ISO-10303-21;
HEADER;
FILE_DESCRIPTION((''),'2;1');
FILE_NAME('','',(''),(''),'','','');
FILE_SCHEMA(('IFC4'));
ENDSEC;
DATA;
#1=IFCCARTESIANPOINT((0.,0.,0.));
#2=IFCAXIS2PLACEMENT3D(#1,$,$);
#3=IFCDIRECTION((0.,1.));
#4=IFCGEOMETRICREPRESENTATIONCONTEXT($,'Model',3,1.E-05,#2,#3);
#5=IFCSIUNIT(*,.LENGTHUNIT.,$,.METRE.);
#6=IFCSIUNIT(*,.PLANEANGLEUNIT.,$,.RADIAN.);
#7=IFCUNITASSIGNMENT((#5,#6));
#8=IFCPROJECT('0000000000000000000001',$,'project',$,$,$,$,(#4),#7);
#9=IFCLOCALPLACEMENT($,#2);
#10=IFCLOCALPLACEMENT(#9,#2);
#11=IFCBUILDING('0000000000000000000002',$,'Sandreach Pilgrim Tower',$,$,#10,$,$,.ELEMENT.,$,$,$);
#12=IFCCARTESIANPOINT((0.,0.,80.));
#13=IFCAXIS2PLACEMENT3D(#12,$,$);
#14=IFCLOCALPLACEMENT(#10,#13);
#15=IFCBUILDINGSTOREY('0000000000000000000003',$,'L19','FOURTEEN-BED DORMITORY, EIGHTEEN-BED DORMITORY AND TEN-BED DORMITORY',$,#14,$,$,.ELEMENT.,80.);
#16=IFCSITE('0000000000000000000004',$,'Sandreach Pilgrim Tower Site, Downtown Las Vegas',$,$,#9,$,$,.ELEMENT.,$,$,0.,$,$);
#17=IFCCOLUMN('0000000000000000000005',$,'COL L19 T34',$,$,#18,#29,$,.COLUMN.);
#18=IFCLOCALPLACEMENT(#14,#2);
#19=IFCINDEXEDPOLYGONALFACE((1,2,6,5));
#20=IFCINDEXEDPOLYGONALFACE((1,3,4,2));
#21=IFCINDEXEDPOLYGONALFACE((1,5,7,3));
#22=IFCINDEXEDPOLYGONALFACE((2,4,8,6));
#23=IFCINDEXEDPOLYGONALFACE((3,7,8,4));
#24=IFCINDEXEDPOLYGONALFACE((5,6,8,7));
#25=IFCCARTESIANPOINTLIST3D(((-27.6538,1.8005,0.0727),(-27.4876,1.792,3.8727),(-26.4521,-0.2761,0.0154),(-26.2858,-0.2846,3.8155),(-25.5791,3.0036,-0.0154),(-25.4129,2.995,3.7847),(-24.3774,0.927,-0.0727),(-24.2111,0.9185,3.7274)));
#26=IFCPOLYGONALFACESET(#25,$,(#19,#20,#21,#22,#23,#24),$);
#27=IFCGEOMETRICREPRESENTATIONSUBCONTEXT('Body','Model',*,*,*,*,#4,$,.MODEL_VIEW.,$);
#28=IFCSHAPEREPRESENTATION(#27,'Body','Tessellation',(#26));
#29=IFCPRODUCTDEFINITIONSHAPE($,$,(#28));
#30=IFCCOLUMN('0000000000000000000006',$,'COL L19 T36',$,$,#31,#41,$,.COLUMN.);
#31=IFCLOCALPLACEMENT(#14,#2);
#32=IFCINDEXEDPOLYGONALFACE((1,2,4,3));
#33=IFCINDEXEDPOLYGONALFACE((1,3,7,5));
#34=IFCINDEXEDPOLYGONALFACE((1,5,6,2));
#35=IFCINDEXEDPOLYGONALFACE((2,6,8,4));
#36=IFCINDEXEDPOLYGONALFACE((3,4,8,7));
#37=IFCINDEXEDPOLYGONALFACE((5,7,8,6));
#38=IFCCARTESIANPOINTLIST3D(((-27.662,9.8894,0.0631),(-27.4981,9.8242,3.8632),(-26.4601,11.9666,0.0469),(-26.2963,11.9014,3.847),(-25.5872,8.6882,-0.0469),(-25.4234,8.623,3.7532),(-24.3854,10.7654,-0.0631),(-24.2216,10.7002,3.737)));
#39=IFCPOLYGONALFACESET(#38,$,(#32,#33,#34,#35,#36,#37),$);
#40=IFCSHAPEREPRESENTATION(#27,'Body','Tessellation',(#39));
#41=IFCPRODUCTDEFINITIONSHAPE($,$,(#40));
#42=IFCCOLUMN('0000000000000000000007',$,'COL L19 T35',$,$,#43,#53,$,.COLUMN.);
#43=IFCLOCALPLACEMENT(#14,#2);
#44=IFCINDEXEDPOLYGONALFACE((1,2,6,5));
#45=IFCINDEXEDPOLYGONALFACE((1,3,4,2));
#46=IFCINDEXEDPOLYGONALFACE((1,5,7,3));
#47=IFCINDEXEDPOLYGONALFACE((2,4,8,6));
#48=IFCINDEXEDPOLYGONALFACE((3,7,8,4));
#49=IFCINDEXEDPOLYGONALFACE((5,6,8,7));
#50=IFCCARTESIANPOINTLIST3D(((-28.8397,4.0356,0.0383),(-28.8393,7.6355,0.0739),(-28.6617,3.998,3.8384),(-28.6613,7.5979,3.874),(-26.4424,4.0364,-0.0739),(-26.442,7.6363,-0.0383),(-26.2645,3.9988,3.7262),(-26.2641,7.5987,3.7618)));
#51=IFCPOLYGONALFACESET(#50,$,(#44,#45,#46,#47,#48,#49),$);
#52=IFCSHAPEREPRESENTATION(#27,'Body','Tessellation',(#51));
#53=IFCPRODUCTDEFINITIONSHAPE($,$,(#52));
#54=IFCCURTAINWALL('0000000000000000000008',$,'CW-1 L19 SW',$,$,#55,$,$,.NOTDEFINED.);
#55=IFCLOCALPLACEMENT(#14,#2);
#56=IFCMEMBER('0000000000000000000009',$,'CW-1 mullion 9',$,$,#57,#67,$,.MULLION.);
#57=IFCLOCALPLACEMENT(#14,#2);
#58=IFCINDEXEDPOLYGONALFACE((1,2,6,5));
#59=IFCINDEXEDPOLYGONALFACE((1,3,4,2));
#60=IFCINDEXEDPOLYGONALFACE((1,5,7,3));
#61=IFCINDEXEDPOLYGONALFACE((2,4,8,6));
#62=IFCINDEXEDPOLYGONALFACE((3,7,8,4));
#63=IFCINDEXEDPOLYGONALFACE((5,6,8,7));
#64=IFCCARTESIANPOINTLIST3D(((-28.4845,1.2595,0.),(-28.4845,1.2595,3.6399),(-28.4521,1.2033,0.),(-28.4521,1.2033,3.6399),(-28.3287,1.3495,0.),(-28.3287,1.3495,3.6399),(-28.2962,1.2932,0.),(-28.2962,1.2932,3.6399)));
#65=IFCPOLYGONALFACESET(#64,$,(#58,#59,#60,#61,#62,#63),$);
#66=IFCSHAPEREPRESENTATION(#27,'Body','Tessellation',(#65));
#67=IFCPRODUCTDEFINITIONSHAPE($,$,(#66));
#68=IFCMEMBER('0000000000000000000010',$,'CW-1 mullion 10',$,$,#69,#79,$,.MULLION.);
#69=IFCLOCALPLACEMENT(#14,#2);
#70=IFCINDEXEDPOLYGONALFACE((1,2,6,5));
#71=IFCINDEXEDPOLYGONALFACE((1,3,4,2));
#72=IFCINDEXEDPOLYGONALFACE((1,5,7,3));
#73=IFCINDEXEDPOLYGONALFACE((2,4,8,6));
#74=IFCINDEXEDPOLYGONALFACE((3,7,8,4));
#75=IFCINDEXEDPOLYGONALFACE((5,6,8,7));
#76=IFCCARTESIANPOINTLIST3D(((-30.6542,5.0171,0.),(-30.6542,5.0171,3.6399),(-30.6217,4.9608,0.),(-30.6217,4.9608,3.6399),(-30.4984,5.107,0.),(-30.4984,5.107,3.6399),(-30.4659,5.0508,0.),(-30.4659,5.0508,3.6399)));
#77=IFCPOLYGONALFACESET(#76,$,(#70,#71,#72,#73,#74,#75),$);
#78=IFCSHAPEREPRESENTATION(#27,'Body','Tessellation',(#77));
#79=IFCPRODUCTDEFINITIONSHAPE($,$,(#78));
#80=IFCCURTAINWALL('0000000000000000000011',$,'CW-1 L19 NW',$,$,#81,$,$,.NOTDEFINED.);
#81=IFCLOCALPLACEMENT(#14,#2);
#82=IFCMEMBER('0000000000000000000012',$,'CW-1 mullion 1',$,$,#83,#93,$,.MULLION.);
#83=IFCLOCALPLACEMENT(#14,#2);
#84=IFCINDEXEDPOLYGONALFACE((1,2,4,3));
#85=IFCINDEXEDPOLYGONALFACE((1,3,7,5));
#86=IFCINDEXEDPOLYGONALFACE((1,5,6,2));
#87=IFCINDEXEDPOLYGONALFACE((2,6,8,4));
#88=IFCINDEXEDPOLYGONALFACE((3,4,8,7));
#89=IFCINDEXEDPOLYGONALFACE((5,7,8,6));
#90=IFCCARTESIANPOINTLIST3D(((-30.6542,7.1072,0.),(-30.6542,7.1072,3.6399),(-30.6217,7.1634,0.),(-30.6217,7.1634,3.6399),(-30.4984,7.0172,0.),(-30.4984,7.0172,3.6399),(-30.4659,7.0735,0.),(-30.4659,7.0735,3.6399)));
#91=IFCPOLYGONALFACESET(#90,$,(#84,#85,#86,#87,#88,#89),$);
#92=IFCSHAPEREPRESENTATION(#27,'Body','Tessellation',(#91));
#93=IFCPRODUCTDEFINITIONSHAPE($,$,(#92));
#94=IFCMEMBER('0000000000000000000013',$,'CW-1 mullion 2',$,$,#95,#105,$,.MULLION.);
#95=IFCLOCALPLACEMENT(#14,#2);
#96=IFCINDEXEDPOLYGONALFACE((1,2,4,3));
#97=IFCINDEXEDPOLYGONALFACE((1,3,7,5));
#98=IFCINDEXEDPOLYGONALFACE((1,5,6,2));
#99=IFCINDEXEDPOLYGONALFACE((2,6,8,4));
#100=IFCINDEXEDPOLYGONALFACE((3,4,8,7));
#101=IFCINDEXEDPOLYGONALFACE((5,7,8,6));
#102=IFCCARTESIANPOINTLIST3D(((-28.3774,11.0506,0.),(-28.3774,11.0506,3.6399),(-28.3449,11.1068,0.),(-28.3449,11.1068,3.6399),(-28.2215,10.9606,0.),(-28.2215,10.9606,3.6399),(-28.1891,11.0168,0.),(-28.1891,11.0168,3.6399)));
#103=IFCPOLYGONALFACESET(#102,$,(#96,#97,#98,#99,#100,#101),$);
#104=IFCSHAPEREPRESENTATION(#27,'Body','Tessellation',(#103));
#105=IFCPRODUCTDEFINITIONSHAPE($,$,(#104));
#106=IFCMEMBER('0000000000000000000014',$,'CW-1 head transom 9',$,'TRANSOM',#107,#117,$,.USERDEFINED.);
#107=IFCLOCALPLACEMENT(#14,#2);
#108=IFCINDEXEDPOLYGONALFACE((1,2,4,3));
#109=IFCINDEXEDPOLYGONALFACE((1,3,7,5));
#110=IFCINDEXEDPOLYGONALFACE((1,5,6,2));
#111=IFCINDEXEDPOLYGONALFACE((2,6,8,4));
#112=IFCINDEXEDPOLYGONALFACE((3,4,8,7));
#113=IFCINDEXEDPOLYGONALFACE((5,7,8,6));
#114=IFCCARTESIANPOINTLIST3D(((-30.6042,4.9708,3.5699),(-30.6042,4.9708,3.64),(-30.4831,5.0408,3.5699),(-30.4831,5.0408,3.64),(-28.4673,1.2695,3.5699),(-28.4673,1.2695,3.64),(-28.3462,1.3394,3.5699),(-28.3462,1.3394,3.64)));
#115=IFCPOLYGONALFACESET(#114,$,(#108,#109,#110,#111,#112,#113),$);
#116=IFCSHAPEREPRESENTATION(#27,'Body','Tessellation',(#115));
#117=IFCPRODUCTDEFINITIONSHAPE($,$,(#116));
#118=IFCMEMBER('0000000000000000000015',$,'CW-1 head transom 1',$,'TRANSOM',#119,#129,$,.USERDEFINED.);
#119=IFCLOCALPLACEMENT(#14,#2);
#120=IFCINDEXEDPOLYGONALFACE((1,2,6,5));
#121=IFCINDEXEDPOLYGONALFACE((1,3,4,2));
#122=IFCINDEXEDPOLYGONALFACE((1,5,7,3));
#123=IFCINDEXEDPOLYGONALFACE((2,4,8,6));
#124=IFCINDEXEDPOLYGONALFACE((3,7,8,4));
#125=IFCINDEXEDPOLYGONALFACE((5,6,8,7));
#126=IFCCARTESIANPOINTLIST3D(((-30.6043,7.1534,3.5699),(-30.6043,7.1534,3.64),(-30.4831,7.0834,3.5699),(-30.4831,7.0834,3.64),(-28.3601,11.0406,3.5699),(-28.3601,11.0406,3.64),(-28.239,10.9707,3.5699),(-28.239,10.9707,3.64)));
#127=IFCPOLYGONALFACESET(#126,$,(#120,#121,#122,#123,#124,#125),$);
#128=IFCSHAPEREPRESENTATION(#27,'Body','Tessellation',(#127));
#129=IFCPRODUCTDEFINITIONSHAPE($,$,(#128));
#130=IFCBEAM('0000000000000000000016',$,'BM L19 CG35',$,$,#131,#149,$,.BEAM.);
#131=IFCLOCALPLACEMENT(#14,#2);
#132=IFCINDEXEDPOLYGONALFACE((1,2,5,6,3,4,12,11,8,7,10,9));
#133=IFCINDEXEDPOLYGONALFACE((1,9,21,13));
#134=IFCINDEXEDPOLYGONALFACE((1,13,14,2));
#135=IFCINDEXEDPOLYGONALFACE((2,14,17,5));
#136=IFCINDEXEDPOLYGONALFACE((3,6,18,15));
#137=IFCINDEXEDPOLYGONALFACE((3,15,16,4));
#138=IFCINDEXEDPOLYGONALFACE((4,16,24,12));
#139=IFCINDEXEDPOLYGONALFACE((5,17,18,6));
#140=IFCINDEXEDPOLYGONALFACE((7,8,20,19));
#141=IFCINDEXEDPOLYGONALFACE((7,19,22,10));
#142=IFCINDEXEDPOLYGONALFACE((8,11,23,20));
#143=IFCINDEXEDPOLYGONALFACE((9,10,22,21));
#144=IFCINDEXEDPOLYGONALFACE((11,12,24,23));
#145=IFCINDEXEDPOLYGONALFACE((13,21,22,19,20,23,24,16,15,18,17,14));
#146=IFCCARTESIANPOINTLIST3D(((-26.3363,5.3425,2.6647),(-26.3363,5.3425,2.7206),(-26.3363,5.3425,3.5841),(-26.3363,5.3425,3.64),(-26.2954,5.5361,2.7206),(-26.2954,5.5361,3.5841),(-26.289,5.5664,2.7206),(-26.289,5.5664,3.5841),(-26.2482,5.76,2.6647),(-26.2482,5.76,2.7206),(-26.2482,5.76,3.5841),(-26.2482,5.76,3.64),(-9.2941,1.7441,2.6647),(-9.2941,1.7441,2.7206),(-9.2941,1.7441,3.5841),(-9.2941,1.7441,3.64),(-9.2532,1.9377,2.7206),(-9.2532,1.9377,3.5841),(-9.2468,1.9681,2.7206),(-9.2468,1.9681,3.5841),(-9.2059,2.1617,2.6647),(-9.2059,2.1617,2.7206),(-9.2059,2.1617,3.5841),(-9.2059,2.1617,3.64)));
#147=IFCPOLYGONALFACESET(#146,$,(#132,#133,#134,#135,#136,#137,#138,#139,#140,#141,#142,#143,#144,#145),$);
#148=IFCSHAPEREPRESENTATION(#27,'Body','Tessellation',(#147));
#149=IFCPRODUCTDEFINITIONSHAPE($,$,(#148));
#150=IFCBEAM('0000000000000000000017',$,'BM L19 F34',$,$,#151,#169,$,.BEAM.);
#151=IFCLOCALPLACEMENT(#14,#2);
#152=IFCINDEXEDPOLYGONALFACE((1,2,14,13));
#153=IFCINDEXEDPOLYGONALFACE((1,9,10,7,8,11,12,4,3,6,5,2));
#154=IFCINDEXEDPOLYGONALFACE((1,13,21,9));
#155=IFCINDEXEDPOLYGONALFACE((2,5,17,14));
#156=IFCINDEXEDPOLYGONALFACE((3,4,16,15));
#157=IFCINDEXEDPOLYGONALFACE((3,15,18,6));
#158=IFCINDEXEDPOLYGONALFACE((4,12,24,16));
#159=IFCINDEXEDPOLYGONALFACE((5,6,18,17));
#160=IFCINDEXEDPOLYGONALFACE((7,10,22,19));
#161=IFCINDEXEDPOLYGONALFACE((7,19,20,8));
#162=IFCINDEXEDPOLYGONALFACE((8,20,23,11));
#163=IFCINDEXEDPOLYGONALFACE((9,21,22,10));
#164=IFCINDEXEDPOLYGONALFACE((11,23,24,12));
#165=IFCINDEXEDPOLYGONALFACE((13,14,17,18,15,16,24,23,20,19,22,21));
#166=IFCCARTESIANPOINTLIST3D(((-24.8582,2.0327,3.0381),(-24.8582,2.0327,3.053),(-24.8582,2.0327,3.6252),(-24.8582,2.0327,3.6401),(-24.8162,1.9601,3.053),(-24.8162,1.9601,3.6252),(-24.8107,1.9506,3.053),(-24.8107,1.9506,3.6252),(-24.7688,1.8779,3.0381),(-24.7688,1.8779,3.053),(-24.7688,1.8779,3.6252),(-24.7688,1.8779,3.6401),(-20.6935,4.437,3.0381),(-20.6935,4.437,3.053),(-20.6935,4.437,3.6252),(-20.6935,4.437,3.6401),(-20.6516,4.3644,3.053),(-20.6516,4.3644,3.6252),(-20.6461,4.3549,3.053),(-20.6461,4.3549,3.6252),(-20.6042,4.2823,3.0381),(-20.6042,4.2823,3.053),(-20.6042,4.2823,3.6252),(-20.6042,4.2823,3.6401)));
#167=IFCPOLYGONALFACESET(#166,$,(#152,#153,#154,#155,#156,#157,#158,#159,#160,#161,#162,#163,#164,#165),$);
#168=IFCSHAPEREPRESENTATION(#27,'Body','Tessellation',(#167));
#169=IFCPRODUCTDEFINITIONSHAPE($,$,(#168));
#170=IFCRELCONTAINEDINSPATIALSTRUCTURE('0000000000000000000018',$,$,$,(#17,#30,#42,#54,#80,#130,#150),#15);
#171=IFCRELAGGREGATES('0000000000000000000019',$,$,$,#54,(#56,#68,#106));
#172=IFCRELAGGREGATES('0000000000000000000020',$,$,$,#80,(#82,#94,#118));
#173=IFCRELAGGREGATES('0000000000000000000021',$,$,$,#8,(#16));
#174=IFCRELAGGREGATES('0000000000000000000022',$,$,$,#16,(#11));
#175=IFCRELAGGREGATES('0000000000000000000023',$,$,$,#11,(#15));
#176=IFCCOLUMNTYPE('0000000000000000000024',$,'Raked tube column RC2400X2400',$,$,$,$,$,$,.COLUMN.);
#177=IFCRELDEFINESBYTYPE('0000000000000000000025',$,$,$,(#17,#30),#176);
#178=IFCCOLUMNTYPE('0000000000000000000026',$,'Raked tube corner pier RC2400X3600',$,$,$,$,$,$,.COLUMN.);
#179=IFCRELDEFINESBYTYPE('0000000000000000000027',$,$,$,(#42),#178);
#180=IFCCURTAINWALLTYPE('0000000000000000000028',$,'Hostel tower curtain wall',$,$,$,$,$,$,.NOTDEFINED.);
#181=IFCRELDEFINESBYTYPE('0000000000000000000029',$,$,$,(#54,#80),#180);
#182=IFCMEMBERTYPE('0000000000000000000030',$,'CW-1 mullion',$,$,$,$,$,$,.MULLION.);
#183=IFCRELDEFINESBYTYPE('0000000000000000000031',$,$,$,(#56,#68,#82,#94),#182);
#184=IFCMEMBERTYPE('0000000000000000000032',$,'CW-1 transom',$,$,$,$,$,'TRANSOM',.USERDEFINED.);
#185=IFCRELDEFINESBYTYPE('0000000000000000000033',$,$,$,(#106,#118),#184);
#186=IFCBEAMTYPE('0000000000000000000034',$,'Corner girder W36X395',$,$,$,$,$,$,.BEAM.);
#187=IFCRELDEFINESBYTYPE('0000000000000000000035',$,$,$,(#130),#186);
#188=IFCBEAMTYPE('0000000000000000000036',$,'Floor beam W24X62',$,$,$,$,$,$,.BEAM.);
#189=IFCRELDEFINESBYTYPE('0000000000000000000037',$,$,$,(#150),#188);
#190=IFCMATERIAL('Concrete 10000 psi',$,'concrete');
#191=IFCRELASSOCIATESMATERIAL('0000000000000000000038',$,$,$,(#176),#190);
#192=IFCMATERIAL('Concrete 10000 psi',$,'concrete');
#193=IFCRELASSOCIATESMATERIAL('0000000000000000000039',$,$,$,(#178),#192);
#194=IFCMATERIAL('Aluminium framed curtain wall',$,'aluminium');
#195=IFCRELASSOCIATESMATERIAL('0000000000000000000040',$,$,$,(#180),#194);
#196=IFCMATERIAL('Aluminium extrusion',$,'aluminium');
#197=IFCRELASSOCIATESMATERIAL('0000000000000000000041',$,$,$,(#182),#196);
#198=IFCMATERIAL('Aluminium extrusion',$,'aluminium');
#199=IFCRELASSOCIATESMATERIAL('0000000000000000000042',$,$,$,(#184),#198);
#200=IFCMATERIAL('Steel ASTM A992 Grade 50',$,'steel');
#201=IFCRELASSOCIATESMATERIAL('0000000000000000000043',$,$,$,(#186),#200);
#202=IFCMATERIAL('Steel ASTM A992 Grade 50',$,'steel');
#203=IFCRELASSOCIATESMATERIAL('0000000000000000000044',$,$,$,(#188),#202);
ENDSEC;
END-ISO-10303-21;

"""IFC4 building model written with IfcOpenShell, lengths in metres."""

from ifc_helpers import new_model, si_unit, direction, frame, origin, origin_2d, place, context, subcontext, project, spatial, rectangle, i_section, extrude, material, material_profile, profile_set, type_object, element, aggregate, save


model = new_model("IFC4")

# Units and contexts
model_context = context("Model", 3, precision=1e-05, world=origin(), true_north=direction((0.0, 1.0)))
body_context = subcontext(model_context, "Body", "Model", "MODEL_VIEW")
ifc_project = project(units=[si_unit("LENGTHUNIT", "METRE"), si_unit("PLANEANGLEUNIT", "RADIAN")], contexts=[model_context])

# Site, building, storey
site_placement = place(None, origin())
site = spatial("IfcSite", under=ifc_project, at=site_placement, Name="Sandreach Pilgrim Tower Site, Downtown Las Vegas", CompositionType="ELEMENT", RefElevation=0.0)
building_placement = place(site_placement, origin())
building = spatial("IfcBuilding", under=site, at=building_placement, Name="Sandreach Pilgrim Tower", CompositionType="ELEMENT")
storey_placement = place(building_placement, frame((0.0, 0.0, 80.0)))
storey = spatial("IfcBuildingStorey", under=building, at=storey_placement, Name="L19", Description="FOURTEEN-BED DORMITORY, EIGHTEEN-BED DORMITORY AND TEN-BED DORMITORY", CompositionType="ELEMENT", Elevation=80.0)

# Columns
ifc_material_1 = material(Name="Concrete 10000 psi", Category="concrete")
ifc_material_profile_1 = material_profile(ifc_material_1, rectangle(XDim=2.3999, YDim=2.3999, at=origin_2d()), Name="RC2400X2400")
ifc_profile_set_1 = profile_set([ifc_material_profile_1], Name="Concrete 10000 psi")
column_type_1 = type_object("IfcColumnType", Name="Raked tube column RC2400X2400", PredefinedType="COLUMN", material=ifc_profile_set_1)
column_1_placement = place(storey_placement, frame((-26.0156, 1.3638, 0.0), z_axis=(0.04371, -0.002246, 0.999042), x_axis=(-0.86449, -0.501308, 0.036696)))
element("IfcColumn", 1, at=column_1_placement, inside=storey, type_object=column_type_1, Name="COL L19 T34", PredefinedType="COLUMN", context=body_context, shape_type="SweptSolid", body=[
    extrude(rectangle(XDim=2.3999, YDim=2.3999, at=origin_2d()), origin(), (0.0, 0.0, 1.0), 3.8037),
])
column_2_placement = place(storey_placement, frame((-26.0237, 10.3274, 0.0), z_axis=(0.043063, -0.017135, 0.998925), x_axis=(-0.864498, 0.500541, 0.045854)))
element("IfcColumn", 2, at=column_2_placement, inside=storey, type_object=column_type_1, Name="COL L19 T36", PredefinedType="COLUMN", context=body_context, shape_type="SweptSolid", body=[
    extrude(rectangle(XDim=2.3999, YDim=2.3999, at=origin_2d()), origin(), (0.0, 0.0, 1.0), 3.8042),
])
ifc_material_2 = material(Name="Concrete 10000 psi", Category="concrete")
ifc_material_profile_2 = material_profile(ifc_material_2, rectangle(XDim=2.3999, YDim=3.6001, at=origin_2d()), Name="RC2400X3600")
ifc_profile_set_2 = profile_set([ifc_material_profile_2], Name="Concrete 10000 psi")
column_type_2 = type_object("IfcColumnType", Name="Raked tube corner pier RC2400X3600", PredefinedType="COLUMN", material=ifc_profile_set_2)
column_3_placement = place(storey_placement, frame((-27.6409, 5.8359, 0.0), z_axis=(0.046782, -0.009883, 0.998856), x_axis=(-0.998905, -0.000352, 0.046781)))
element("IfcColumn", 3, at=column_3_placement, inside=storey, type_object=column_type_2, Name="COL L19 T35", PredefinedType="COLUMN", context=body_context, shape_type="SweptSolid", body=[
    extrude(rectangle(XDim=2.3999, YDim=3.6001, at=origin_2d()), origin(), (0.0, 0.0, 1.0), 3.8044),
])

# Curtain walls, members
ifc_material_3 = material(Name="Aluminium framed curtain wall", Category="aluminium")
curtain_wall_type = type_object("IfcCurtainWallType", Name="Hostel tower curtain wall", PredefinedType="NOTDEFINED", material=ifc_material_3)
curtain_wall_1_placement = place(storey_placement, origin())
curtain_wall_1 = element("IfcCurtainWall", 4, at=curtain_wall_1_placement, inside=storey, type_object=curtain_wall_type, Name="CW-1 L19 SW", PredefinedType="NOTDEFINED")
ifc_material_4 = material(Name="Aluminium extrusion", Category="aluminium")
ifc_material_profile_3 = material_profile(ifc_material_4, rectangle(XDim=0.0649, YDim=0.1799, at=origin_2d()), Name="CW-1M 65X180")
ifc_profile_set_3 = profile_set([ifc_material_profile_3], Name="Aluminium extrusion")
member_type_1 = type_object("IfcMemberType", Name="CW-1 mullion", PredefinedType="MULLION", material=ifc_profile_set_3)
member_1_placement = place(storey_placement, frame((-28.3904, 1.2764, 0.0), z_axis=(0.0, 0.0, 1.0), x_axis=(-0.5, 0.866025, 0.0)))
member_1 = element("IfcMember", 5, at=member_1_placement, type_object=member_type_1, Name="CW-1 mullion 9", PredefinedType="MULLION", context=body_context, shape_type="SweptSolid", body=[
    extrude(rectangle(XDim=0.0649, YDim=0.1799, at=origin_2d()), origin(), (0.0, 0.0, 1.0), 3.6399),
])
member_2_placement = place(storey_placement, frame((-30.5601, 5.0339, 0.0), z_axis=(0.0, 0.0, 1.0), x_axis=(-0.5, 0.866025, 0.0)))
member_2 = element("IfcMember", 6, at=member_2_placement, type_object=member_type_1, Name="CW-1 mullion 10", PredefinedType="MULLION", context=body_context, shape_type="SweptSolid", body=[
    extrude(rectangle(XDim=0.0649, YDim=0.1799, at=origin_2d()), origin(), (0.0, 0.0, 1.0), 3.6399),
])
curtain_wall_2_placement = place(storey_placement, origin())
curtain_wall_2 = element("IfcCurtainWall", 7, at=curtain_wall_2_placement, inside=storey, type_object=curtain_wall_type, Name="CW-1 L19 NW", PredefinedType="NOTDEFINED")
member_3_placement = place(storey_placement, frame((-30.5601, 7.0903, 0.0), z_axis=(0.0, 0.0, 1.0), x_axis=(0.5, 0.866025, 0.0)))
member_3 = element("IfcMember", 8, at=member_3_placement, type_object=member_type_1, Name="CW-1 mullion 1", PredefinedType="MULLION", context=body_context, shape_type="SweptSolid", body=[
    extrude(rectangle(XDim=0.0649, YDim=0.1799, at=origin_2d()), origin(), (0.0, 0.0, 1.0), 3.6399),
])
member_4_placement = place(storey_placement, frame((-28.2832, 11.0337, 0.0), z_axis=(0.0, 0.0, 1.0), x_axis=(0.5, 0.866025, 0.0)))
member_4 = element("IfcMember", 9, at=member_4_placement, type_object=member_type_1, Name="CW-1 mullion 2", PredefinedType="MULLION", context=body_context, shape_type="SweptSolid", body=[
    extrude(rectangle(XDim=0.0649, YDim=0.1799, at=origin_2d()), origin(), (0.0, 0.0, 1.0), 3.6399),
])

# Members
ifc_material_5 = material(Name="Aluminium extrusion", Category="aluminium")
ifc_material_profile_4 = material_profile(ifc_material_5, rectangle(XDim=0.1399, YDim=0.0701, at=origin_2d()), Name="CW-1T 140X70")
ifc_profile_set_4 = profile_set([ifc_material_profile_4], Name="Aluminium extrusion")
member_type_2 = type_object("IfcMemberType", Name="CW-1 transom", ElementType="TRANSOM", PredefinedType="USERDEFINED", material=ifc_profile_set_4)
member_5_placement = place(storey_placement, frame((-28.4067, 1.3044, 3.605), z_axis=(-0.499991, 0.866031, 0.0), x_axis=(-0.866031, -0.499991, 0.0)))
member_5 = element("IfcMember", 10, at=member_5_placement, type_object=member_type_2, Name="CW-1 head transom 9", ObjectType="TRANSOM", PredefinedType="USERDEFINED", context=body_context, shape_type="SweptSolid", body=[
    extrude(rectangle(XDim=0.1399, YDim=0.0701, at=origin_2d()), origin(), (0.0, 0.0, 1.0), 4.2739),
])
member_6_placement = place(storey_placement, frame((-30.5437, 7.1184, 3.605), z_axis=(0.499977, 0.866039, 0.0), x_axis=(-0.866039, 0.499977, 0.0)))
member_6 = element("IfcMember", 11, at=member_6_placement, type_object=member_type_2, Name="CW-1 head transom 1", ObjectType="TRANSOM", PredefinedType="USERDEFINED", context=body_context, shape_type="SweptSolid", body=[
    extrude(rectangle(XDim=0.1399, YDim=0.0701, at=origin_2d()), origin(), (0.0, 0.0, 1.0), 4.4885),
])

# Beams
ifc_material_6 = material(Name="Steel ASTM A992 Grade 50", Category="steel")
ifc_material_profile_5 = material_profile(ifc_material_6, i_section(OverallWidth=0.4268, OverallDepth=0.9753, WebThickness=0.031, FlangeThickness=0.0559, at=origin_2d()), Name="W36X395")
ifc_profile_set_5 = profile_set([ifc_material_profile_5], Name="Steel ASTM A992 Grade 50")
beam_type_1 = type_object("IfcBeamType", Name="Corner girder W36X395", PredefinedType="BEAM", material=ifc_profile_set_5)
beam_1_placement = place(storey_placement, frame((-26.2922, 5.5513, 3.1523), z_axis=(0.978428, -0.20659, 0.0), x_axis=(0.20659, 0.978428, 0.0)))
element("IfcBeam", 12, at=beam_1_placement, inside=storey, type_object=beam_type_1, Name="BM L19 CG35", PredefinedType="BEAM", context=body_context, shape_type="SweptSolid", body=[
    extrude(i_section(OverallWidth=0.4268, OverallDepth=0.9753, WebThickness=0.031, FlangeThickness=0.0559, at=origin_2d()), origin(), (0.0, 0.0, 1.0), 17.418),
])
ifc_material_7 = material(Name="Steel ASTM A992 Grade 50", Category="steel")
ifc_material_profile_6 = material_profile(ifc_material_7, i_section(OverallWidth=0.1787, OverallDepth=0.6021, WebThickness=0.011, FlangeThickness=0.0149, at=origin_2d()), Name="W24X62")
ifc_profile_set_6 = profile_set([ifc_material_profile_6], Name="Steel ASTM A992 Grade 50")
beam_type_2 = type_object("IfcBeamType", Name="Floor beam W24X62", PredefinedType="BEAM", material=ifc_profile_set_6)
beam_2_placement = place(storey_placement, frame((-24.8135, 1.9553, 3.3391), z_axis=(0.866035, 0.499983, 0.0), x_axis=(-0.499983, 0.866035, 0.0)))
element("IfcBeam", 13, at=beam_2_placement, inside=storey, type_object=beam_type_2, Name="BM L19 F34", PredefinedType="BEAM", context=body_context, shape_type="SweptSolid", body=[
    extrude(i_section(OverallWidth=0.1787, OverallDepth=0.6021, WebThickness=0.011, FlangeThickness=0.0149, at=origin_2d()), origin(), (0.0, 0.0, 1.0), 4.8088),
])

aggregate(curtain_wall_1, [member_1, member_2, member_5])
aggregate(curtain_wall_2, [member_3, member_4, member_6])

save(model, "model.ifc")
